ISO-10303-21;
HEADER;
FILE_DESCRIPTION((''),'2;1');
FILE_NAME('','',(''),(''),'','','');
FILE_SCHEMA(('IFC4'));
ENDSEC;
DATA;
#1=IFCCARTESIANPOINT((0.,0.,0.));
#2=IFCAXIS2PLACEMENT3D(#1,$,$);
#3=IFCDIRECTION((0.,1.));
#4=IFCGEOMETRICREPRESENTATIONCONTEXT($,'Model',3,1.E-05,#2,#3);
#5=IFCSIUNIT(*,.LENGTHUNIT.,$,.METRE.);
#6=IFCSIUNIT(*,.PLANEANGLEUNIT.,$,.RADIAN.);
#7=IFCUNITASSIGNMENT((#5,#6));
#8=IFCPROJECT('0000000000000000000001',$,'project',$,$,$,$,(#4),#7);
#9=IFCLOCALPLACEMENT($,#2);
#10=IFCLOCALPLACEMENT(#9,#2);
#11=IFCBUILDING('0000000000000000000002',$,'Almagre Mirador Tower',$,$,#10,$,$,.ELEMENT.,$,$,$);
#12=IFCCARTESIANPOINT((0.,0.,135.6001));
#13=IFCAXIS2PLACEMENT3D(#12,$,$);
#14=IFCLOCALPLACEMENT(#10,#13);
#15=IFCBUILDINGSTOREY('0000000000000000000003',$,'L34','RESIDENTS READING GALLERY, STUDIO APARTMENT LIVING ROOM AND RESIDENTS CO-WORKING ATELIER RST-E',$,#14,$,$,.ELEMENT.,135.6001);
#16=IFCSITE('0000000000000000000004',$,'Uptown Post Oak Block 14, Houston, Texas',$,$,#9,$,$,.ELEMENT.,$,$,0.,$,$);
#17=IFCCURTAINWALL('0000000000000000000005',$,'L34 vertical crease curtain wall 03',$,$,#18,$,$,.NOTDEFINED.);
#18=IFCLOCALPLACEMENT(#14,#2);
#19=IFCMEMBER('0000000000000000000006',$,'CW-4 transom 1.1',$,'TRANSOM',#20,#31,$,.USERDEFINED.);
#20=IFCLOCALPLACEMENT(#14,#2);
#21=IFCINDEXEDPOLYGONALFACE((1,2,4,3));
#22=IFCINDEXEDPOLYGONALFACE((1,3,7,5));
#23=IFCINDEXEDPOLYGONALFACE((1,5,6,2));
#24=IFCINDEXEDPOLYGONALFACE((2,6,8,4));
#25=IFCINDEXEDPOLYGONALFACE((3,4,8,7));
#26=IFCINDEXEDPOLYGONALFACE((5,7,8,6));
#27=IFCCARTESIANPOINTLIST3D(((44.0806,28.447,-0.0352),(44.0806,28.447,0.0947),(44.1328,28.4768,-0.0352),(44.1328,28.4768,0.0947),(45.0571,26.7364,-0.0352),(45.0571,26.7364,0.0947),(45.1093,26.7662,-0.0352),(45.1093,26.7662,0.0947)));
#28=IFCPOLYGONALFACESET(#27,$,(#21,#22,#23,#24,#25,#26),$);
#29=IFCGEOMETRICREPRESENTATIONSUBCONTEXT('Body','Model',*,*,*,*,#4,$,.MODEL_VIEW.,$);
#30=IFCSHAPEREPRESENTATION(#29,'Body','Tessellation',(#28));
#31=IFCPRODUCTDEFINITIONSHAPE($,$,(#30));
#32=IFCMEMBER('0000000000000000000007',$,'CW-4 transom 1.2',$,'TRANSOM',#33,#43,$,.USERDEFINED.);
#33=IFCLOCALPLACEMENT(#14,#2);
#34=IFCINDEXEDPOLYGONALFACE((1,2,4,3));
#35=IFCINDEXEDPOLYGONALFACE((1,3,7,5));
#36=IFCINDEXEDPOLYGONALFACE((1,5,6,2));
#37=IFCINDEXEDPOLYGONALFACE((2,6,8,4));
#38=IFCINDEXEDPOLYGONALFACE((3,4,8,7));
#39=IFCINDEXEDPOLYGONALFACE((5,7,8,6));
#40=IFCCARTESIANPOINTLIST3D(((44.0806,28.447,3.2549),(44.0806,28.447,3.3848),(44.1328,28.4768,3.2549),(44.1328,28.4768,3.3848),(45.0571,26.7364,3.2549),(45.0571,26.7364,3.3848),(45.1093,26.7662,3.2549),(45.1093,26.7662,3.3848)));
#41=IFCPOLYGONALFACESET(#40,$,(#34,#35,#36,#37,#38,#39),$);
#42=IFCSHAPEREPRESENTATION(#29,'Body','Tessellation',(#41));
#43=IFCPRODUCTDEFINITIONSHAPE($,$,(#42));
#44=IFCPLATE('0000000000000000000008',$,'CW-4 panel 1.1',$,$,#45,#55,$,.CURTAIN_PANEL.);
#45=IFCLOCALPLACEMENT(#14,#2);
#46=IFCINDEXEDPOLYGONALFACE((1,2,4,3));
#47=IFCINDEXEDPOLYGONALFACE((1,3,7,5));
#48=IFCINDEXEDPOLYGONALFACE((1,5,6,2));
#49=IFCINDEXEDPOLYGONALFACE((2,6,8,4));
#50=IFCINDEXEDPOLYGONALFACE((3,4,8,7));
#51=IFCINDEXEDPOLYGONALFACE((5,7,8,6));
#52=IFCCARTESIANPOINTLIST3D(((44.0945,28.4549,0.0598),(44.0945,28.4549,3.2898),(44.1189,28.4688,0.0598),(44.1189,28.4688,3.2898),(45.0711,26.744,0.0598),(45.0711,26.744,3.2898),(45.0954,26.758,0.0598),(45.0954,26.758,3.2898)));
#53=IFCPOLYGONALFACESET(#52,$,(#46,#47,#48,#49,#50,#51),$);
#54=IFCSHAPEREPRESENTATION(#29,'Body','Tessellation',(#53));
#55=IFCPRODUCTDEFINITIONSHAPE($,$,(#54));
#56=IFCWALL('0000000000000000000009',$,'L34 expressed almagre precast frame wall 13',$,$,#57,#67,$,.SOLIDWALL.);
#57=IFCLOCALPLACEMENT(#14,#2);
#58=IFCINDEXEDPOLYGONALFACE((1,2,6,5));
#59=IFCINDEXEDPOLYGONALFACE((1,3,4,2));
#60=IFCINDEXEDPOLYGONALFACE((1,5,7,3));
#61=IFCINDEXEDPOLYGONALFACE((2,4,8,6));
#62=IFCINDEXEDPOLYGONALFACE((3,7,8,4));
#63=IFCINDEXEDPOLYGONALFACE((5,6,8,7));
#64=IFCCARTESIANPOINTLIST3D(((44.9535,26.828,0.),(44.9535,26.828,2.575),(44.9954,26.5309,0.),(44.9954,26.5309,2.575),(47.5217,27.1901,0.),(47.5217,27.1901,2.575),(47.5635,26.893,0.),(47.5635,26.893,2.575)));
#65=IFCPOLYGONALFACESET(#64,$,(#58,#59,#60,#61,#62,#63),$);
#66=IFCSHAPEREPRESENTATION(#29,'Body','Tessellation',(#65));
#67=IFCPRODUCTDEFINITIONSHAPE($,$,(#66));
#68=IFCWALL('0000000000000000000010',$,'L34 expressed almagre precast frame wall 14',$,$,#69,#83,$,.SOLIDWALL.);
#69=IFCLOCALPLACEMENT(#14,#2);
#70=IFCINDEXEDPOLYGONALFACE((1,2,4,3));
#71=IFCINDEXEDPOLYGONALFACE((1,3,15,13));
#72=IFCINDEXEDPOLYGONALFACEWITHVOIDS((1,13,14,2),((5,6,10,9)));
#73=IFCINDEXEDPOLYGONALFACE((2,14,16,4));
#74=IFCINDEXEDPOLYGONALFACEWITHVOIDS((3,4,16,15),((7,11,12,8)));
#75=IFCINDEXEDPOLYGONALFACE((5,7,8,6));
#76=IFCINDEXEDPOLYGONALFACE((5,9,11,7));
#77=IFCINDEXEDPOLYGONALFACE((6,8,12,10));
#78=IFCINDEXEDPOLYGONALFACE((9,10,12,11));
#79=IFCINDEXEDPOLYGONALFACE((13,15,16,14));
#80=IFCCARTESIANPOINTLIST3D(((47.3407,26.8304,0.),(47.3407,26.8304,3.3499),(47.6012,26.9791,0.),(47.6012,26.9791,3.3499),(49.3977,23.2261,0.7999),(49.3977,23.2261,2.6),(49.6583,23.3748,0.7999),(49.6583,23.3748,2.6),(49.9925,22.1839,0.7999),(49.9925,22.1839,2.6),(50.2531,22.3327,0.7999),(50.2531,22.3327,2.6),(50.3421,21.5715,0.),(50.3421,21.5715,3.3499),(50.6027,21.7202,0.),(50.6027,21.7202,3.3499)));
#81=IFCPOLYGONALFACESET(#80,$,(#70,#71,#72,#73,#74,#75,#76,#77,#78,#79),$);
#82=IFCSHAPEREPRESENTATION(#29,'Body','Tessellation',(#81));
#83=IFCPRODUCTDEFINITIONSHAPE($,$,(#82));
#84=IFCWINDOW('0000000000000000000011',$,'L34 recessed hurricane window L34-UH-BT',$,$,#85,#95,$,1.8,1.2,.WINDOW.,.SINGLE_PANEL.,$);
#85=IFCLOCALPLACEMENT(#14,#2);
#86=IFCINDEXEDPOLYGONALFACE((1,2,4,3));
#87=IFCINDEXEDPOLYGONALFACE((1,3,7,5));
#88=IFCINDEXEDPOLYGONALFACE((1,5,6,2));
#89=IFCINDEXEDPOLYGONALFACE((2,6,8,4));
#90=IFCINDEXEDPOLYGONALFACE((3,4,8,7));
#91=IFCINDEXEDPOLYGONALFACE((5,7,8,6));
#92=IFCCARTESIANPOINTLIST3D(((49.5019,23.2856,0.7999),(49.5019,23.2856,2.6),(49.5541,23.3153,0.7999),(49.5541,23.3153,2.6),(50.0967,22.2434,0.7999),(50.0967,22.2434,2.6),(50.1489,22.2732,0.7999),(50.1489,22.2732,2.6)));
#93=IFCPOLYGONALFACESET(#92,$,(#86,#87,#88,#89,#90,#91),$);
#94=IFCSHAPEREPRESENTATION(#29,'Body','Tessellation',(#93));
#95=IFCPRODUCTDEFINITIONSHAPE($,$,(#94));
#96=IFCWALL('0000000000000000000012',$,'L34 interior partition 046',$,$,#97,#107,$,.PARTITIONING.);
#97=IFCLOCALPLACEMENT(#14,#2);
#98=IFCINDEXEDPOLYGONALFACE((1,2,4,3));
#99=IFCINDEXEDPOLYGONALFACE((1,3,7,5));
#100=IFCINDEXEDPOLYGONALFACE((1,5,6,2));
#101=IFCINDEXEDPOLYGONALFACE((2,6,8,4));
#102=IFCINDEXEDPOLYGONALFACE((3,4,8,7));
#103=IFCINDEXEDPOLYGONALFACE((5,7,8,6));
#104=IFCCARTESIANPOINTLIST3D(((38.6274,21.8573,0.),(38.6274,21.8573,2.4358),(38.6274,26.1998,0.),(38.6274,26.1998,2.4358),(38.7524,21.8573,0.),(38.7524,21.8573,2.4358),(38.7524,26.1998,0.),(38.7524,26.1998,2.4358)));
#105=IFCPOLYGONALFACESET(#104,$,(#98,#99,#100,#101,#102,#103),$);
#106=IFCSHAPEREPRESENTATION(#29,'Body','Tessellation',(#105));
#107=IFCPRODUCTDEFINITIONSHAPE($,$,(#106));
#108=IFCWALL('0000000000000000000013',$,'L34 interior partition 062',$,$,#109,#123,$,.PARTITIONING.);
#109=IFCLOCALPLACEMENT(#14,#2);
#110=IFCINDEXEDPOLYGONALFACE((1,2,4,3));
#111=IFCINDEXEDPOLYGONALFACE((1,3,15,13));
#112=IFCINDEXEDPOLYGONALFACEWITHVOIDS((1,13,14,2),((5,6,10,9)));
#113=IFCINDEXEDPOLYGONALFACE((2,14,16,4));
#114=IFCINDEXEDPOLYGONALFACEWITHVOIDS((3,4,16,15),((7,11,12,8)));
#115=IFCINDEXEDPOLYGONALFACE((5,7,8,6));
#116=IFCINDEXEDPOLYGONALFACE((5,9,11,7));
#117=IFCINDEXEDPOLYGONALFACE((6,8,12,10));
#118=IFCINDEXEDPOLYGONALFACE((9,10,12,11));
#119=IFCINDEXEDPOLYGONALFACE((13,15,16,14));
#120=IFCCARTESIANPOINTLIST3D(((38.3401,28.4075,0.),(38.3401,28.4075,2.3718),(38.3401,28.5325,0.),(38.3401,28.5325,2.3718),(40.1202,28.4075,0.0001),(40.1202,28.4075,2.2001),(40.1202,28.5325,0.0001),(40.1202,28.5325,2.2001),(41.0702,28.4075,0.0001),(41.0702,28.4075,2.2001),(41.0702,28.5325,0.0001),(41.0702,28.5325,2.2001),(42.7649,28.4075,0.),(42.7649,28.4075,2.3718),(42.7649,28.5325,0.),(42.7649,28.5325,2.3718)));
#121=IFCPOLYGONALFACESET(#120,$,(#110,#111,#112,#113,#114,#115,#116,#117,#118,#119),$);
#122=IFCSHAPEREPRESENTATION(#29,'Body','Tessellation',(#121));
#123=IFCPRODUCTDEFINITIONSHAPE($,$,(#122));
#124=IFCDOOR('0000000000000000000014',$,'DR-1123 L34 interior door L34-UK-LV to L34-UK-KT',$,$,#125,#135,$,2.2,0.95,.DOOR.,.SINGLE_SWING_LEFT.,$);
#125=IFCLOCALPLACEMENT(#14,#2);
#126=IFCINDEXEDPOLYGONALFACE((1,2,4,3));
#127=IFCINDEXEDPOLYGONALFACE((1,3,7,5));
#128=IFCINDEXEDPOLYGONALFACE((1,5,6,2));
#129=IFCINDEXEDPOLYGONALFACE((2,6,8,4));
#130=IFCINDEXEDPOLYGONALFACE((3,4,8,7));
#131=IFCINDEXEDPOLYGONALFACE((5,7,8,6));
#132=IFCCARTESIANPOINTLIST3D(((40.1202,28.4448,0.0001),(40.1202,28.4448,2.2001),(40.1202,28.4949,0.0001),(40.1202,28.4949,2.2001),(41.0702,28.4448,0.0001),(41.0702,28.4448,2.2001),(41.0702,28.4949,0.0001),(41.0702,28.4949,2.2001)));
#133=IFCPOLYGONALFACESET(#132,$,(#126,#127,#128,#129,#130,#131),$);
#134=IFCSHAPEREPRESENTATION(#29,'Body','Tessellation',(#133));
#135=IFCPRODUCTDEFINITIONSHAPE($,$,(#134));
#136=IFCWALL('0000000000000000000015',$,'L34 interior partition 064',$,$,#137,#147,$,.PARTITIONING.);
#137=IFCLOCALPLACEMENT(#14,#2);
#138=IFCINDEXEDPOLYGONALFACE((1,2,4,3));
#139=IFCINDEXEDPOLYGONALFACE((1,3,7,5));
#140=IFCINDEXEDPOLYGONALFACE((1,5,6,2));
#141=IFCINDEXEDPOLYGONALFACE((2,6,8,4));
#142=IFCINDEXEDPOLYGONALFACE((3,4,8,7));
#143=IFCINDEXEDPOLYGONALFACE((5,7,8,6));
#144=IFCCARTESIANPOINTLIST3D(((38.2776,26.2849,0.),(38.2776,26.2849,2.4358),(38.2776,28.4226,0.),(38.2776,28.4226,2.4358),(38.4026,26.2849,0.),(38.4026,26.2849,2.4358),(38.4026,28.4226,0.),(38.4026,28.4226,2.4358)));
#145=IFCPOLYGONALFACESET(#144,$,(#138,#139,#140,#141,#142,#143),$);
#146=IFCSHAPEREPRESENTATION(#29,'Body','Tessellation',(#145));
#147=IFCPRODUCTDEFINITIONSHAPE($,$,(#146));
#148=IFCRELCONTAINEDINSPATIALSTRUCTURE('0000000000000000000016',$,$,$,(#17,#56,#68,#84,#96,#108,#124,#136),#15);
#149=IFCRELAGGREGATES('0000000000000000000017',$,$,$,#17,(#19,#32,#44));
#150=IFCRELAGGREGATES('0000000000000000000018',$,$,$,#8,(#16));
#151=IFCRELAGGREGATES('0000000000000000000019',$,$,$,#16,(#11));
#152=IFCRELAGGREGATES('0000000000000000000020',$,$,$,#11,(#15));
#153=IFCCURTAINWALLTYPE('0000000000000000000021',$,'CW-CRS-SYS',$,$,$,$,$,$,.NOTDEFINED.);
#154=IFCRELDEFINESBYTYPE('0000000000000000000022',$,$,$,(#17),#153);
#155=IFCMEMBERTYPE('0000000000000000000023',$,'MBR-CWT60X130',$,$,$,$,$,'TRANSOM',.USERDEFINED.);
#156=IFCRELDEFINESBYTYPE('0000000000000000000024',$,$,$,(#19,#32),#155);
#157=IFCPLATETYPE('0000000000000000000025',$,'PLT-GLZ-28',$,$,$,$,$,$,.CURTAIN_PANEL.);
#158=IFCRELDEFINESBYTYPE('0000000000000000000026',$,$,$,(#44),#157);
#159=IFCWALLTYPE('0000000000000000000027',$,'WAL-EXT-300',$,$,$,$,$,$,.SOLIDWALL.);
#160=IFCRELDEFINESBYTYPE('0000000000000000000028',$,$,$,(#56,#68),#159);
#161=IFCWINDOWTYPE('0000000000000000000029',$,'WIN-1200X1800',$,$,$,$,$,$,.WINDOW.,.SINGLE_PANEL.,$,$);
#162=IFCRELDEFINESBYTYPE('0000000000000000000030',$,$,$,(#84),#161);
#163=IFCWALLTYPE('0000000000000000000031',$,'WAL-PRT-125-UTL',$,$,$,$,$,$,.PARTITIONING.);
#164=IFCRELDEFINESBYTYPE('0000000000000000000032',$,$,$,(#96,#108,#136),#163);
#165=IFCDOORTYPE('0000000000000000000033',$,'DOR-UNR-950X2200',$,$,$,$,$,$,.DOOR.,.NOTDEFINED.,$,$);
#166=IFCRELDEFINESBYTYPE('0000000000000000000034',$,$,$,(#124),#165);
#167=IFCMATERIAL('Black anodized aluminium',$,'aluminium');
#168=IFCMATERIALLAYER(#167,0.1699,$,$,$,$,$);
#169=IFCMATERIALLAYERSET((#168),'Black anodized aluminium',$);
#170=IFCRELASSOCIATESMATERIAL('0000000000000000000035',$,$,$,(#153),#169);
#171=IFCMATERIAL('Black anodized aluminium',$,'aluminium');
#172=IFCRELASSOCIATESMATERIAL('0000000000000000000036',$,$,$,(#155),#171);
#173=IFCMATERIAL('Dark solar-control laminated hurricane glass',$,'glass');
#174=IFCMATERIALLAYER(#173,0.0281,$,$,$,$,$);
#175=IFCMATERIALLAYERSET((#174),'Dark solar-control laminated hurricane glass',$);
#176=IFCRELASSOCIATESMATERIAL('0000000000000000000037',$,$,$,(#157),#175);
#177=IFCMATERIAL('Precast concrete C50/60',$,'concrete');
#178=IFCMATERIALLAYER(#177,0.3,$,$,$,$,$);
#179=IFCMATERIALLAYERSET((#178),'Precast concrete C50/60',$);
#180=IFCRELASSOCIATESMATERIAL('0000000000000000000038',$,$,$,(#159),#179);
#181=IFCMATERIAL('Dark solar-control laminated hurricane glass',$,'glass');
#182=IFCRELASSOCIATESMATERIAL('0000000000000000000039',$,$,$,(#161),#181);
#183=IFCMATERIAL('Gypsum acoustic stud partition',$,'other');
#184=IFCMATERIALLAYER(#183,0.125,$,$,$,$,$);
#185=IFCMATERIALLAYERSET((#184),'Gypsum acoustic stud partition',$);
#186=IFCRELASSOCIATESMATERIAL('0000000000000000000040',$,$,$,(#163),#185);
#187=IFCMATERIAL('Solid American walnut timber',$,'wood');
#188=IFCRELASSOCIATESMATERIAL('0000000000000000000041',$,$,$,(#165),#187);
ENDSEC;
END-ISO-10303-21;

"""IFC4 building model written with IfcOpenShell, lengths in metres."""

from ifc_helpers import new_model, si_unit, direction, frame, frame_2d, origin, origin_2d, place, context, subcontext, project, spatial, rectangle, extrude, material, layer, layer_set, material_profile, profile_set, type_object, element, fill, aggregate, save


model = new_model("IFC4")

# Units and contexts
model_context = context("Model", 3, precision=1e-05, world=origin(), true_north=direction((0.0, 1.0)))
body_context = subcontext(model_context, "Body", "Model", "MODEL_VIEW")
ifc_project = project(units=[si_unit("LENGTHUNIT", "METRE"), si_unit("PLANEANGLEUNIT", "RADIAN")], contexts=[model_context])

# Site, building, storey
site_placement = place(None, origin())
site = spatial("IfcSite", under=ifc_project, at=site_placement, Name="Uptown Post Oak Block 14, Houston, Texas", CompositionType="ELEMENT", RefElevation=0.0)
building_placement = place(site_placement, origin())
building = spatial("IfcBuilding", under=site, at=building_placement, Name="Almagre Mirador Tower", CompositionType="ELEMENT")
storey_placement = place(building_placement, frame((0.0, 0.0, 135.6001)))
storey = spatial("IfcBuildingStorey", under=building, at=storey_placement, Name="L34", Description="RESIDENTS READING GALLERY, STUDIO APARTMENT LIVING ROOM AND RESIDENTS CO-WORKING ATELIER RST-E", CompositionType="ELEMENT", Elevation=135.6001)

# Curtain wall, members, plate
ifc_material_1 = material(Name="Black anodized aluminium", Category="aluminium")
ifc_layer_1 = layer(ifc_material_1, 0.1699)
ifc_layer_set_1 = layer_set([ifc_layer_1], Name="Black anodized aluminium")
curtain_wall_type = type_object("IfcCurtainWallType", Name="CW-CRS-SYS", PredefinedType="NOTDEFINED", material=ifc_layer_set_1)
curtain_wall_placement = place(storey_placement, origin())
curtain_wall = element("IfcCurtainWall", 1, at=curtain_wall_placement, inside=storey, type_object=curtain_wall_type, Name="L34 vertical crease curtain wall 03", PredefinedType="NOTDEFINED")
ifc_material_2 = material(Name="Black anodized aluminium", Category="aluminium")
ifc_material_profile_1 = material_profile(ifc_material_2, rectangle(XDim=0.0601, YDim=0.1299, at=origin_2d()), Name="CWT60X130")
ifc_profile_set_1 = profile_set([ifc_material_profile_1], Name="Black anodized aluminium")
member_type_1 = type_object("IfcMemberType", Name="MBR-CWT60X130", ElementType="TRANSOM", PredefinedType="USERDEFINED", material=ifc_profile_set_1)
member_1_placement = place(storey_placement, frame((44.1067, 28.4619, 0.0298), z_axis=(0.495765, -0.868457, 0.0), x_axis=(0.868457, 0.495765, 0.0)))
member_1 = element("IfcMember", 2, at=member_1_placement, type_object=member_type_1, Name="CW-4 transom 1.1", ObjectType="TRANSOM", PredefinedType="USERDEFINED", context=body_context, shape_type="SweptSolid", body=[
    extrude(rectangle(XDim=0.0601, YDim=0.1299, at=origin_2d()), origin(), (0.0, 0.0, 1.0), 1.9697),
])
member_2_placement = place(storey_placement, frame((44.1067, 28.4619, 3.3198), z_axis=(0.495765, -0.868457, 0.0), x_axis=(0.868457, 0.495765, 0.0)))
member_2 = element("IfcMember", 3, at=member_2_placement, type_object=member_type_1, Name="CW-4 transom 1.2", ObjectType="TRANSOM", PredefinedType="USERDEFINED", context=body_context, shape_type="SweptSolid", body=[
    extrude(rectangle(XDim=0.0601, YDim=0.1299, at=origin_2d()), origin(), (0.0, 0.0, 1.0), 1.9697),
])
ifc_material_3 = material(Name="Dark solar-control laminated hurricane glass", Category="glass")
ifc_layer_2 = layer(ifc_material_3, 0.0281)
ifc_layer_set_2 = layer_set([ifc_layer_2], Name="Dark solar-control laminated hurricane glass")
plate_type = type_object("IfcPlateType", Name="PLT-GLZ-28", PredefinedType="CURTAIN_PANEL", material=ifc_layer_set_2)
plate_placement = place(storey_placement, frame((44.595, 27.6064, 0.0598), z_axis=(0.0, 0.0, 1.0), x_axis=(0.495727, -0.868479, 0.0)))
plate = element("IfcPlate", 4, at=plate_placement, type_object=plate_type, Name="CW-4 panel 1.1", PredefinedType="CURTAIN_PANEL", context=body_context, shape_type="SweptSolid", body=[
    extrude(rectangle(XDim=1.97, YDim=0.0281, at=origin_2d()), origin(), (0.0, 0.0, 1.0), 3.23),
])
aggregate(curtain_wall, [member_1, member_2, plate])

# Wall
ifc_material_4 = material(Name="Precast concrete C50/60", Category="concrete")
ifc_layer_3 = layer(ifc_material_4, 0.3)
ifc_layer_set_3 = layer_set([ifc_layer_3], Name="Precast concrete C50/60")
wall_type_1 = type_object("IfcWallType", Name="WAL-EXT-300", PredefinedType="SOLIDWALL", material=ifc_layer_set_3)
wall_1_placement = place(storey_placement, frame((44.9744, 26.6794, 0.0), z_axis=(0.0, 0.0, 1.0), x_axis=(0.990208, 0.139602, 0.0)))
element("IfcWall", 5, at=wall_1_placement, inside=storey, type_object=wall_type_1, Name="L34 expressed almagre precast frame wall 13", PredefinedType="SOLIDWALL", context=body_context, shape_type="SweptSolid", body=[
    extrude(rectangle(XDim=2.5935, YDim=0.3, at=frame_2d((1.2969, 0.0))), origin(), (0.0, 0.0, 1.0), 2.575),
])

# Wall, opening, window
wall_2_placement = place(storey_placement, frame((47.4709, 26.9048, 0.0), z_axis=(0.0, 0.0, 1.0), x_axis=(0.495679, -0.868506, 0.0)))
wall_2 = element("IfcWall", 6, at=wall_2_placement, inside=storey, type_object=wall_type_1, Name="L34 expressed almagre precast frame wall 14", PredefinedType="SOLIDWALL", context=body_context, shape_type="SweptSolid", body=[
    extrude(rectangle(XDim=6.0552, YDim=0.3, at=frame_2d((3.0276, 0.0))), origin(), (0.0, 0.0, 1.0), 3.3499),
])
opening_1_placement = place(wall_2_placement, frame((4.1499, 0.0, 0.8)))
opening_1 = element("IfcOpeningElement", 7, at=opening_1_placement, cuts=wall_2, PredefinedType="OPENING", context=body_context, shape_type="SweptSolid", body=[
    extrude(rectangle(XDim=1.2, YDim=1.8, at=frame_2d((0.6001, 0.8999))), frame((0.0, 0.1599, 0.0), z_axis=(0.0, -1.0, 0.0), x_axis=(1.0, 0.0, 0.0)), (0.0, 0.0, 1.0), 0.32),
])
ifc_material_5 = material(Name="Dark solar-control laminated hurricane glass", Category="glass")
window_type = type_object("IfcWindowType", Name="WIN-1200X1800", PartitioningType="SINGLE_PANEL", PredefinedType="WINDOW", material=ifc_material_5)
window_placement = place(opening_1_placement, origin())
window = element("IfcWindow", 8, at=window_placement, inside=storey, type_object=window_type, Name="L34 recessed hurricane window L34-UH-BT", OverallHeight=1.8, OverallWidth=1.2, PartitioningType="SINGLE_PANEL", PredefinedType="WINDOW", context=body_context, shape_type="SweptSolid", body=[
    extrude(rectangle(XDim=1.2, YDim=1.8, at=frame_2d((0.6001, 0.8999))), frame((0.0, 0.03, 0.0), z_axis=(0.0, -1.0, 0.0), x_axis=(1.0, 0.0, 0.0)), (0.0, 0.0, 1.0), 0.0601),
])
fill(opening_1, window)

# Wall
ifc_material_6 = material(Name="Gypsum acoustic stud partition", Category="other")
ifc_layer_4 = layer(ifc_material_6, 0.125)
ifc_layer_set_4 = layer_set([ifc_layer_4], Name="Gypsum acoustic stud partition")
wall_type_2 = type_object("IfcWallType", Name="WAL-PRT-125-UTL", PredefinedType="PARTITIONING", material=ifc_layer_set_4)
wall_3_placement = place(storey_placement, frame((38.6899, 26.2, 0.0), z_axis=(0.0, 0.0, 1.0), x_axis=(0.0, -1.0, 0.0)))
element("IfcWall", 9, at=wall_3_placement, inside=storey, type_object=wall_type_2, Name="L34 interior partition 046", PredefinedType="PARTITIONING", context=body_context, shape_type="SweptSolid", body=[
    extrude(rectangle(XDim=4.3425, YDim=0.125, at=frame_2d((2.1714, 0.0))), origin(), (0.0, 0.0, 1.0), 2.4358),
])

# Wall, opening, door
wall_4_placement = place(storey_placement, frame((38.3401, 28.47, 0.0), z_axis=(0.0, 0.0, 1.0), x_axis=(1.0, 0.0, 0.0)))
wall_4 = element("IfcWall", 10, at=wall_4_placement, inside=storey, type_object=wall_type_2, Name="L34 interior partition 062", PredefinedType="PARTITIONING", context=body_context, shape_type="SweptSolid", body=[
    extrude(rectangle(XDim=4.4248, YDim=0.125, at=frame_2d((2.2124, 0.0))), origin(), (0.0, 0.0, 1.0), 2.3718),
])
opening_2_placement = place(wall_4_placement, frame((1.78, 0.0, 0.0)))
opening_2 = element("IfcOpeningElement", 11, at=opening_2_placement, cuts=wall_4, PredefinedType="OPENING", context=body_context, shape_type="SweptSolid", body=[
    extrude(rectangle(XDim=0.95, YDim=2.2, at=frame_2d((0.4751, 1.1001))), frame((0.0, 0.0725, 0.0), z_axis=(0.0, -1.0, 0.0), x_axis=(1.0, 0.0, 0.0)), (0.0, 0.0, 1.0), 0.145),
])
ifc_material_7 = material(Name="Solid American walnut timber", Category="wood")
door_type_1 = type_object("IfcDoorType", Name="DOR-UNR-950X2200", OperationType="NOTDEFINED", PredefinedType="DOOR", material=ifc_material_7)
door_1_placement = place(opening_2_placement, origin())
door_1 = element("IfcDoor", 12, at=door_1_placement, inside=storey, type_object=door_type_1, Name="DR-1123 L34 interior door L34-UK-LV to L34-UK-KT", OperationType="SINGLE_SWING_LEFT", OverallHeight=2.2, OverallWidth=0.95, PredefinedType="DOOR", context=body_context, shape_type="SweptSolid", body=[
    extrude(rectangle(XDim=0.95, YDim=2.2, at=frame_2d((0.4751, 1.1001))), frame((0.0, 0.0249, 0.0), z_axis=(0.0, -1.0, 0.0), x_axis=(1.0, 0.0, 0.0)), (0.0, 0.0, 1.0), 0.05),
])
fill(opening_2, door_1)

# Wall
wall_5_placement = place(storey_placement, frame((38.3401, 28.4226, 0.0), z_axis=(0.0, 0.0, 1.0), x_axis=(0.0, -1.0, 0.0)))
element("IfcWall", 13, at=wall_5_placement, inside=storey, type_object=wall_type_2, Name="L34 interior partition 064", PredefinedType="PARTITIONING", context=body_context, shape_type="SweptSolid", body=[
    extrude(rectangle(XDim=2.1377, YDim=0.125, at=frame_2d((1.0688, 0.0))), origin(), (0.0, 0.0, 1.0), 2.4358),
])

save(model, "model.ifc")
